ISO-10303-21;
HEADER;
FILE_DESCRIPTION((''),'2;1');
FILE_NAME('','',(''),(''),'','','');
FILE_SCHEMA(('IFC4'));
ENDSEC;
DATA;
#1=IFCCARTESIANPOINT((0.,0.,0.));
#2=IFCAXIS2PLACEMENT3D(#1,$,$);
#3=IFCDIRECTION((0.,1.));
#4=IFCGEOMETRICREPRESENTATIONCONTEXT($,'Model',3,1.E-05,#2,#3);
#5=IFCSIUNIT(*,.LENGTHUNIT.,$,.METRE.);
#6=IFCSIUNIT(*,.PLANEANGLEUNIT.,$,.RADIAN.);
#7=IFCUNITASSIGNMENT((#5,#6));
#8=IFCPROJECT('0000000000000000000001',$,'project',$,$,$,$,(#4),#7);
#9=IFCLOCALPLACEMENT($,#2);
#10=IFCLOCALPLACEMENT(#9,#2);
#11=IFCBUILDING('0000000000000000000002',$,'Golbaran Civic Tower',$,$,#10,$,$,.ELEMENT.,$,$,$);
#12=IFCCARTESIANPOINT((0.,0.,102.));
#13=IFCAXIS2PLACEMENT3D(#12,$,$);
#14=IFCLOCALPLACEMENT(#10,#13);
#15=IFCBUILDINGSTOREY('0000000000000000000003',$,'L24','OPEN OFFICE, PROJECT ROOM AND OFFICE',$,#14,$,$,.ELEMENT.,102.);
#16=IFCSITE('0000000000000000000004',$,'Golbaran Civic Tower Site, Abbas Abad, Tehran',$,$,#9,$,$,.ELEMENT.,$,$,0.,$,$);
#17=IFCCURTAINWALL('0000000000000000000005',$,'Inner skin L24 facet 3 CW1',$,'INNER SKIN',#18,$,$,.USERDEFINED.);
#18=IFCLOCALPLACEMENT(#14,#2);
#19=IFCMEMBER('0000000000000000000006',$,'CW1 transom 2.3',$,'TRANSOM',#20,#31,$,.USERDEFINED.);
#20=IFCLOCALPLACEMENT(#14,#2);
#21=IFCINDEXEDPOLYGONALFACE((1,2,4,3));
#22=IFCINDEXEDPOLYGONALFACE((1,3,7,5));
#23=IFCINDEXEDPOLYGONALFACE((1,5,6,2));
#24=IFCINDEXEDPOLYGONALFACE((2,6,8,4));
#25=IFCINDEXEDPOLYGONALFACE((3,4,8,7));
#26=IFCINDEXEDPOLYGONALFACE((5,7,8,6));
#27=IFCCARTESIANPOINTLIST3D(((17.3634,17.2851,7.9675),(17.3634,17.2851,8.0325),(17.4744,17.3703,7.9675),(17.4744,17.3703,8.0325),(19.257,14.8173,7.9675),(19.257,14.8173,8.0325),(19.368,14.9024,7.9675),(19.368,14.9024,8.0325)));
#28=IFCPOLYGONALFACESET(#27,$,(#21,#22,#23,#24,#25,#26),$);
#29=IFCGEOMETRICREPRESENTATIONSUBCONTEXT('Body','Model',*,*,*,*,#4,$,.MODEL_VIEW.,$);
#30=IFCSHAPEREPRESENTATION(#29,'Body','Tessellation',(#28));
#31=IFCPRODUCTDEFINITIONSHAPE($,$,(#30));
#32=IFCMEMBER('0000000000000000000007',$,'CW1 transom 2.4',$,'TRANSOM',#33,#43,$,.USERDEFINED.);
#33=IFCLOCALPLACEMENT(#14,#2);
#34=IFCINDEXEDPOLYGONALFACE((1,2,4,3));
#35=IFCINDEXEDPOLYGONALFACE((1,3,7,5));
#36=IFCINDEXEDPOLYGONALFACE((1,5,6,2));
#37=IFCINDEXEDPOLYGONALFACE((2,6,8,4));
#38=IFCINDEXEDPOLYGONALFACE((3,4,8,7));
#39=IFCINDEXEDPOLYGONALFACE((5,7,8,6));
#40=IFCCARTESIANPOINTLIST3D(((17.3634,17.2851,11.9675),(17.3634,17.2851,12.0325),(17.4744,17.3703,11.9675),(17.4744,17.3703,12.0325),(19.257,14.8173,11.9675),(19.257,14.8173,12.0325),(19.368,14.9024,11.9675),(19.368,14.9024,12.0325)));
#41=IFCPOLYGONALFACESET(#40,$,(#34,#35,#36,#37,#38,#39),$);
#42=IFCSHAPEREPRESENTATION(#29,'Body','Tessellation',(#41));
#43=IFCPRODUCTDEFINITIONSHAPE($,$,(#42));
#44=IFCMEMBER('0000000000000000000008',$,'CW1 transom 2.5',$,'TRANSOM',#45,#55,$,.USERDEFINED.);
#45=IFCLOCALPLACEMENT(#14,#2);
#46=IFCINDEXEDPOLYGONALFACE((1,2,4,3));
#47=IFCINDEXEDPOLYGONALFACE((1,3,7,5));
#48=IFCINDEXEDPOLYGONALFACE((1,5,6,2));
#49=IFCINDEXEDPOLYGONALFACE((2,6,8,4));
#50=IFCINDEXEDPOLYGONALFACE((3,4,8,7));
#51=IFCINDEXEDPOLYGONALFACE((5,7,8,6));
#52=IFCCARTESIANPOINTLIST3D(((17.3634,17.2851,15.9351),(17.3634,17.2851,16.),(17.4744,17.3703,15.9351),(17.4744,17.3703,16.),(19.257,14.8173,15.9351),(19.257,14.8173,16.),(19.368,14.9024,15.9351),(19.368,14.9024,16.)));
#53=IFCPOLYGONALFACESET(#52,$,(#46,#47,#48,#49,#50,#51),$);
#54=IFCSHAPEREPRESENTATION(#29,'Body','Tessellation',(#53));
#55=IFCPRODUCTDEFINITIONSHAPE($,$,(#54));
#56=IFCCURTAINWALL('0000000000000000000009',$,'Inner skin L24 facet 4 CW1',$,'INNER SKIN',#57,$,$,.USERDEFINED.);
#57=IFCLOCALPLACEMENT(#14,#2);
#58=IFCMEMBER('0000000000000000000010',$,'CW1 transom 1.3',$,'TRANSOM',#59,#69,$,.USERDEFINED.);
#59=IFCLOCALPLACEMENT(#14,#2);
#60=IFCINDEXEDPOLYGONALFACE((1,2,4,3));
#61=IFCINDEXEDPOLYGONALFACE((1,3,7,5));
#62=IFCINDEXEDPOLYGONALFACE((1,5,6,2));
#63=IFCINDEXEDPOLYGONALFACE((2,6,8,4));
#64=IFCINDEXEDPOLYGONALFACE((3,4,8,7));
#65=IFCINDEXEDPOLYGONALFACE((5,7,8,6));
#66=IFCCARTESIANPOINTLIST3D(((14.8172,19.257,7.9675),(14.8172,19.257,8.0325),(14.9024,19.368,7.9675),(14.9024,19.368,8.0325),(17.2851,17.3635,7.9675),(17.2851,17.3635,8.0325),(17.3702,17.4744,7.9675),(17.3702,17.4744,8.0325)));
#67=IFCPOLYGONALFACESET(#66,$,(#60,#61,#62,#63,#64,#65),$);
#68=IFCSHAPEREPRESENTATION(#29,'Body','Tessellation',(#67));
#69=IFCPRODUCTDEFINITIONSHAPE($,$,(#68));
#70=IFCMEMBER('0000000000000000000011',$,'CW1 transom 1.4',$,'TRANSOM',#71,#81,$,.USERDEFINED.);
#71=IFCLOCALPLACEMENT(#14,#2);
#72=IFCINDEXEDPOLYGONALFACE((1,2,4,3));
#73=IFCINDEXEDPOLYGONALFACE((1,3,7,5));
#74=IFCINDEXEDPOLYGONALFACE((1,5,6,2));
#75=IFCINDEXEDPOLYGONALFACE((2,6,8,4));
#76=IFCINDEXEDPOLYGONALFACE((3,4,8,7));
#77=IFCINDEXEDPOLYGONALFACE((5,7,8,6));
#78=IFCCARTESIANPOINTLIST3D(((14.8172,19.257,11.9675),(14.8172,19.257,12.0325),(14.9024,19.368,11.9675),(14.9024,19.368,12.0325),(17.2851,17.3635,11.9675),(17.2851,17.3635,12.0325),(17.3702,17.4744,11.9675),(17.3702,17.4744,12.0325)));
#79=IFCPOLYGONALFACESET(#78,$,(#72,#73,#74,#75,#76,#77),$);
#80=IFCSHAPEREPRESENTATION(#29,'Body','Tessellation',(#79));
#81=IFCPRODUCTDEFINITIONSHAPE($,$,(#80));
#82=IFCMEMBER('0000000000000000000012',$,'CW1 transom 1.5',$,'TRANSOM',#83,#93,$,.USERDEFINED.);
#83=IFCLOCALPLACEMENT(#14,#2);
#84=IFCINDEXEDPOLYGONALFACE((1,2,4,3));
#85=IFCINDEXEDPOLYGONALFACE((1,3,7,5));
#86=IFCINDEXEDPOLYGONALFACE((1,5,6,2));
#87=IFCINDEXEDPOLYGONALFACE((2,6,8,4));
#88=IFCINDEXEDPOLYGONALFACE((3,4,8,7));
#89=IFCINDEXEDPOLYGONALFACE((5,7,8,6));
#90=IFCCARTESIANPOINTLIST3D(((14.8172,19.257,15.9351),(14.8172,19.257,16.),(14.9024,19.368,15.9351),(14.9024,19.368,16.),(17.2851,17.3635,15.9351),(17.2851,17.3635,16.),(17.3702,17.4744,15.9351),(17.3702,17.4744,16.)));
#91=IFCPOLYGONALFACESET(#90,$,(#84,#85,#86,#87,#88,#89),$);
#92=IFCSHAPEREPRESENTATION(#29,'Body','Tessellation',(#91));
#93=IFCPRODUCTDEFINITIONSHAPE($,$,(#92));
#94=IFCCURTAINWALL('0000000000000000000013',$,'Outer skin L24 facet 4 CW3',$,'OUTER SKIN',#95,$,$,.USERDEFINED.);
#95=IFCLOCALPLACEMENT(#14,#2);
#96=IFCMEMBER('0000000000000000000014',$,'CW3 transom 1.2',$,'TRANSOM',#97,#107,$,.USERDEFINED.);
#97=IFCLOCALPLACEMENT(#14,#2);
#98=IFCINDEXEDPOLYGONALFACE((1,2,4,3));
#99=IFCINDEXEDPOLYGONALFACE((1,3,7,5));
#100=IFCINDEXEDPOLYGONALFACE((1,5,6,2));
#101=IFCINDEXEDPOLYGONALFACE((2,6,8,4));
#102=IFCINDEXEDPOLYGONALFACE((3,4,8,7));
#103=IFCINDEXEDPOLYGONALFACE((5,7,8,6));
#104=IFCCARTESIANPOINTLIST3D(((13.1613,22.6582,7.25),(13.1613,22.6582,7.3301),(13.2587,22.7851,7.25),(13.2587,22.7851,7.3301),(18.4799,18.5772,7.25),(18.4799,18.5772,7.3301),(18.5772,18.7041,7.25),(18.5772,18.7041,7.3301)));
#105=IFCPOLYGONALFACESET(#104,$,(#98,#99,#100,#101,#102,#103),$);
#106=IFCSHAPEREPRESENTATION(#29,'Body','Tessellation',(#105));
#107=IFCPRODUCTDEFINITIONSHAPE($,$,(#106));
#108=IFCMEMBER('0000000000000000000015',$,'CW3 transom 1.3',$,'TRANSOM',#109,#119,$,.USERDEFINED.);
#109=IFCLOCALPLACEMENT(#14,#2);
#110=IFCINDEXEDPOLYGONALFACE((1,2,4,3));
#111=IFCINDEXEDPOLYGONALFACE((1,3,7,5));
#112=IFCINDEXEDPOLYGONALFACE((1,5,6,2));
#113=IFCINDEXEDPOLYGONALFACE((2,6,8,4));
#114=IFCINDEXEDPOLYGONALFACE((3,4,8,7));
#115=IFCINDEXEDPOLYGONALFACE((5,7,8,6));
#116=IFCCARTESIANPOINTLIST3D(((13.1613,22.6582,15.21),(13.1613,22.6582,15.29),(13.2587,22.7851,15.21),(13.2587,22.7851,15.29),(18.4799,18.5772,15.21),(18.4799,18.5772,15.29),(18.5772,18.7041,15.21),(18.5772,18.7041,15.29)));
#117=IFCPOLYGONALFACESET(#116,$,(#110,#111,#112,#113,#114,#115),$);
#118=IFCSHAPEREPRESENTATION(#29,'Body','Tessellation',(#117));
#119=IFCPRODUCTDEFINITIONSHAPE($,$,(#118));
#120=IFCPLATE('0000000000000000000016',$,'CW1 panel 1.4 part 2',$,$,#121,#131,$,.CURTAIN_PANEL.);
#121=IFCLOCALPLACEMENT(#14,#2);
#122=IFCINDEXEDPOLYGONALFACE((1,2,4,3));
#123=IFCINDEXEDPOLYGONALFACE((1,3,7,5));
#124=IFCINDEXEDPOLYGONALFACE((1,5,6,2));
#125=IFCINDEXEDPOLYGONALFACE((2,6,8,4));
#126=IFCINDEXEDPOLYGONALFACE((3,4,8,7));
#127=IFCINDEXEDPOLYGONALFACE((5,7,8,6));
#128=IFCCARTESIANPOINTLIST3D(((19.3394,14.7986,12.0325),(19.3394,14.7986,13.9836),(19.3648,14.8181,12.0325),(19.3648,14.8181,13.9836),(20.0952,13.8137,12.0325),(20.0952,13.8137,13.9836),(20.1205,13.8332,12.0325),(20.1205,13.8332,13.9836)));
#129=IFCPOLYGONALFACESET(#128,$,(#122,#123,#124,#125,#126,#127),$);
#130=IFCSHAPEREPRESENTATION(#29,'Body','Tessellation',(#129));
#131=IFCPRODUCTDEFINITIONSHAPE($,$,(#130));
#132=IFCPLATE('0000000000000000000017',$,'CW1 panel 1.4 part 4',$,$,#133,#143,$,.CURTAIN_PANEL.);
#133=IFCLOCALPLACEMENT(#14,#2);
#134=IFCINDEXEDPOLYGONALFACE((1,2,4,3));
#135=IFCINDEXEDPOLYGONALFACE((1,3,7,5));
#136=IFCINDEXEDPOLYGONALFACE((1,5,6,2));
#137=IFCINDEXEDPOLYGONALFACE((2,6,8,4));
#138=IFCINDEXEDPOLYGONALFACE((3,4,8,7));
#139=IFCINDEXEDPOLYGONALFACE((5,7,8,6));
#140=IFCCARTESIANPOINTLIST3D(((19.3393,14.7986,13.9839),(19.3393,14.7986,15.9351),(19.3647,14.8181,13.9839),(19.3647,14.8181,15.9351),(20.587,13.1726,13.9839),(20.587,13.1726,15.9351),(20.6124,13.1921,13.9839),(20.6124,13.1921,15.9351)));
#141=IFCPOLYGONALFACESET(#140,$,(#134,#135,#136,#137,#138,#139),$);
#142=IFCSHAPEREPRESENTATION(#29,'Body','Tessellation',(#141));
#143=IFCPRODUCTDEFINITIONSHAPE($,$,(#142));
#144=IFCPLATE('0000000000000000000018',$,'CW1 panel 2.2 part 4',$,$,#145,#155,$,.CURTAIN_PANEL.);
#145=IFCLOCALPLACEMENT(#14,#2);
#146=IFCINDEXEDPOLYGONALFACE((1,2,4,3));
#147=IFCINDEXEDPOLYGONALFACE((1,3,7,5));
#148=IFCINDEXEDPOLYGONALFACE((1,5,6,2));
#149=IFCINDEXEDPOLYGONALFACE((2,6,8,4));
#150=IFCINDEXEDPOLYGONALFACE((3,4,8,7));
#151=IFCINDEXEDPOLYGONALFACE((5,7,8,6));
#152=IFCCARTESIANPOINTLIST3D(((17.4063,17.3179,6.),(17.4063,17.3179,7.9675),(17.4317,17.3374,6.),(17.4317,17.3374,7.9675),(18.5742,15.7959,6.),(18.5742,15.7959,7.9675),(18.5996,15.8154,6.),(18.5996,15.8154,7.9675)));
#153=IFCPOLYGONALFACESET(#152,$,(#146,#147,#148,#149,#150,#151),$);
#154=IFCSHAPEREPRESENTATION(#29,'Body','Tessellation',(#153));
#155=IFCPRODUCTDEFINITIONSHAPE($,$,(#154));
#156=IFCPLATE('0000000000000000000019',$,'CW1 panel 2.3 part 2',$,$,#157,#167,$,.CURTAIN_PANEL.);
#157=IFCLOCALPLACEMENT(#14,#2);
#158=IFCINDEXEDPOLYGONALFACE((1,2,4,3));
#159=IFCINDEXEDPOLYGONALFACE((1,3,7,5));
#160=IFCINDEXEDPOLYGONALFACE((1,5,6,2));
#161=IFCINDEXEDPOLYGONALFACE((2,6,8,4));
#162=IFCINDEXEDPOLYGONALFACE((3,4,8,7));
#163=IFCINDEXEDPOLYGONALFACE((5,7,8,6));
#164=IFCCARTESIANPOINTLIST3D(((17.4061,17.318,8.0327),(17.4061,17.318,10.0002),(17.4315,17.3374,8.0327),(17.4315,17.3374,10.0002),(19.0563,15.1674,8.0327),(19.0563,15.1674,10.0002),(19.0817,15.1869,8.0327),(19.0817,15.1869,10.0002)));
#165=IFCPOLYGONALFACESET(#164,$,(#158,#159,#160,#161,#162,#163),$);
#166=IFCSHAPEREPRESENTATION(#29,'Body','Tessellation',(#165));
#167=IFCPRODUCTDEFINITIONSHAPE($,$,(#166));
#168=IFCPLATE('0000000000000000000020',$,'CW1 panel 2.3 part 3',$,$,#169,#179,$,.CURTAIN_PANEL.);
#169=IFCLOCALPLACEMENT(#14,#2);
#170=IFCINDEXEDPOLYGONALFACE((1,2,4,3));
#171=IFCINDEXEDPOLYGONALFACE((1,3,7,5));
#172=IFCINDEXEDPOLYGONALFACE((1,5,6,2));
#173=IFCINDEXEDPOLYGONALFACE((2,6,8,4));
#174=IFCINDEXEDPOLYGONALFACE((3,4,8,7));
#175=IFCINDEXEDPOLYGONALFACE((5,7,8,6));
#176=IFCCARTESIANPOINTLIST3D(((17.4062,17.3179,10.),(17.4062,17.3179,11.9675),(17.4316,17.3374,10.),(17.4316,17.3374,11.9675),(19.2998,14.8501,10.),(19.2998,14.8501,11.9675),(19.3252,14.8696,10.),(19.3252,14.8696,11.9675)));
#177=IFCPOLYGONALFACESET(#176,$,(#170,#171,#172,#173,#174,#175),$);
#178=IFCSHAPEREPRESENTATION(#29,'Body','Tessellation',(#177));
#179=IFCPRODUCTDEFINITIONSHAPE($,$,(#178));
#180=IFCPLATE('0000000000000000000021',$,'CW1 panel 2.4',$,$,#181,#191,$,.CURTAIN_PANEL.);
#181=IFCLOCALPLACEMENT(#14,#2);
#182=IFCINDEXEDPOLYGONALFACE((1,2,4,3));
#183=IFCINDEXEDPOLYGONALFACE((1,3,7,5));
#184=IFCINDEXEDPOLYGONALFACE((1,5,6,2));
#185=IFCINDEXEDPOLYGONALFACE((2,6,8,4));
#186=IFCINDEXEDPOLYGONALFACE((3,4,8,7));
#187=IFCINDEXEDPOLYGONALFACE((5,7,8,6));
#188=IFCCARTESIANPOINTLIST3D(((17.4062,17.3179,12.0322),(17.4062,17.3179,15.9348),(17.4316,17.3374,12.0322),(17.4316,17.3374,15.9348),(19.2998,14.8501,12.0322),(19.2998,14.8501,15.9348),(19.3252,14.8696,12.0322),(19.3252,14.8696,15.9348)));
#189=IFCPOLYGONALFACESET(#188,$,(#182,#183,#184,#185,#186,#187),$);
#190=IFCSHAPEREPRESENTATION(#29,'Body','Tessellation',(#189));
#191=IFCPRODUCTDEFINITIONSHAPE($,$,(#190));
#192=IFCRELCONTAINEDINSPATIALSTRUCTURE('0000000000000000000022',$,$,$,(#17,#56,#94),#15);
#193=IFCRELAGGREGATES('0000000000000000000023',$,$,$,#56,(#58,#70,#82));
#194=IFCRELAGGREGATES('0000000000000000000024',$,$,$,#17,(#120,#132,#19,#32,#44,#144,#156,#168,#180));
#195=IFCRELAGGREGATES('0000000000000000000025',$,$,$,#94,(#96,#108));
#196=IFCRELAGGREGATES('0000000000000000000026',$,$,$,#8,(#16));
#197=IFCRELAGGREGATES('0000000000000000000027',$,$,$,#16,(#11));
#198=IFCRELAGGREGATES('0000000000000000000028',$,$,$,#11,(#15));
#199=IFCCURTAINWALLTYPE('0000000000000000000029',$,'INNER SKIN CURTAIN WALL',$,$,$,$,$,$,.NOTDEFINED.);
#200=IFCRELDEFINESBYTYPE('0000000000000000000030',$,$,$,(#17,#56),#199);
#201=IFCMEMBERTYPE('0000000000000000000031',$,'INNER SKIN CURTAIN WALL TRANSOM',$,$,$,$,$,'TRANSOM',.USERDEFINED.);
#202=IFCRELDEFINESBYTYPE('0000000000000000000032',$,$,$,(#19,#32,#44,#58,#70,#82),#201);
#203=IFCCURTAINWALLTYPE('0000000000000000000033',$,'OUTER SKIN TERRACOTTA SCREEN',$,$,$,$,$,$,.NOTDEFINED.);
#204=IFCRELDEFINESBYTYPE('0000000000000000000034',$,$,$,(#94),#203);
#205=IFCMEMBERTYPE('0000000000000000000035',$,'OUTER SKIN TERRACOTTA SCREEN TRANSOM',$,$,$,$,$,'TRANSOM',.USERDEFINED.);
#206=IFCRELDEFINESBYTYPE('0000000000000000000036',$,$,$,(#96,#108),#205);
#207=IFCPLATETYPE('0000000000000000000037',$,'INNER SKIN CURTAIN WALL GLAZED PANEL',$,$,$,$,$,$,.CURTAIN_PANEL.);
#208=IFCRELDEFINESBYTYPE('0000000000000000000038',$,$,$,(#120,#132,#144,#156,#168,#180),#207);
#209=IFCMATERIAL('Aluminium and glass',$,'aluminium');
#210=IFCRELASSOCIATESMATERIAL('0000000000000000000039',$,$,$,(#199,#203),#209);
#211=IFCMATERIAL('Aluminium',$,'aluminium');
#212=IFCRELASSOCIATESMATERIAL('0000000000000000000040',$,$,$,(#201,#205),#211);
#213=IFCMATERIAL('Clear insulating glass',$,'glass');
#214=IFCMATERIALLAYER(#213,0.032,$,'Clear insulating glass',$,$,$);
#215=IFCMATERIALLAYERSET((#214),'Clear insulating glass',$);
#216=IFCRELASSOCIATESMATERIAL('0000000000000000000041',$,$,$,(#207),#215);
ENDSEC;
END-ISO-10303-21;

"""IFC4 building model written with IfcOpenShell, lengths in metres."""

from ifc_helpers import new_model, si_unit, direction, frame, origin, origin_2d, place, context, subcontext, project, spatial, rectangle, extrude, material, layer, layer_set, material_profile, profile_set, type_object, element, aggregate, save


model = new_model("IFC4")

# Units and contexts
model_context = context("Model", 3, precision=1e-05, world=origin(), true_north=direction((0.0, 1.0)))
body_context = subcontext(model_context, "Body", "Model", "MODEL_VIEW")
ifc_project = project(units=[si_unit("LENGTHUNIT", "METRE"), si_unit("PLANEANGLEUNIT", "RADIAN")], contexts=[model_context])

# Site, building, storey
site_placement = place(None, origin())
site = spatial("IfcSite", under=ifc_project, at=site_placement, Name="Golbaran Civic Tower Site, Abbas Abad, Tehran", CompositionType="ELEMENT", RefElevation=0.0)
building_placement = place(site_placement, origin())
building = spatial("IfcBuilding", under=site, at=building_placement, Name="Golbaran Civic Tower", CompositionType="ELEMENT")
storey_placement = place(building_placement, frame((0.0, 0.0, 102.0)))
storey = spatial("IfcBuildingStorey", under=building, at=storey_placement, Name="L24", Description="OPEN OFFICE, PROJECT ROOM AND OFFICE", CompositionType="ELEMENT", Elevation=102.0)

# Curtain walls, members
ifc_material_1 = material(Name="Aluminium and glass", Category="aluminium")
curtain_wall_type_1 = type_object("IfcCurtainWallType", Name="INNER SKIN CURTAIN WALL", PredefinedType="NOTDEFINED", material=ifc_material_1)
curtain_wall_1_placement = place(storey_placement, origin())
curtain_wall_1 = element("IfcCurtainWall", 1, at=curtain_wall_1_placement, inside=storey, type_object=curtain_wall_type_1, Name="Inner skin L24 facet 3 CW1", ObjectType="INNER SKIN", PredefinedType="USERDEFINED")
ifc_material_2 = material(Name="Aluminium", Category="aluminium")
ifc_material_profile_1 = material_profile(ifc_material_2, rectangle(XDim=0.1399, YDim=0.0649, at=origin_2d()), Name="INNER SKIN CURTAIN WALL TRANSOM")
ifc_profile_set_1 = profile_set([ifc_material_profile_1], Name="Aluminium")
member_type_1 = type_object("IfcMemberType", Name="INNER SKIN CURTAIN WALL TRANSOM", ElementType="TRANSOM", PredefinedType="USERDEFINED", material=ifc_profile_set_1)
member_1_placement = place(storey_placement, frame((19.3125, 14.8599, 8.0), z_axis=(-0.608754, 0.793359, 0.0), x_axis=(-0.793359, -0.608754, 0.0)))
member_1 = element("IfcMember", 2, at=member_1_placement, type_object=member_type_1, Name="CW1 transom 2.3", ObjectType="TRANSOM", PredefinedType="USERDEFINED", context=body_context, shape_type="SweptSolid", body=[
    extrude(rectangle(XDim=0.1399, YDim=0.0649, at=origin_2d()), origin(), (0.0, 0.0, 1.0), 3.1106),
])
member_2_placement = place(storey_placement, frame((19.3125, 14.8599, 12.0), z_axis=(-0.608754, 0.793359, 0.0), x_axis=(-0.793359, -0.608754, 0.0)))
member_2 = element("IfcMember", 3, at=member_2_placement, type_object=member_type_1, Name="CW1 transom 2.4", ObjectType="TRANSOM", PredefinedType="USERDEFINED", context=body_context, shape_type="SweptSolid", body=[
    extrude(rectangle(XDim=0.1399, YDim=0.0649, at=origin_2d()), origin(), (0.0, 0.0, 1.0), 3.1106),
])
member_3_placement = place(storey_placement, frame((19.3125, 14.8599, 15.9675), z_axis=(-0.608754, 0.793359, 0.0), x_axis=(-0.793359, -0.608754, 0.0)))
member_3 = element("IfcMember", 4, at=member_3_placement, type_object=member_type_1, Name="CW1 transom 2.5", ObjectType="TRANSOM", PredefinedType="USERDEFINED", context=body_context, shape_type="SweptSolid", body=[
    extrude(rectangle(XDim=0.1399, YDim=0.0649, at=origin_2d()), origin(), (0.0, 0.0, 1.0), 3.1106),
])
curtain_wall_2_placement = place(storey_placement, origin())
curtain_wall_2 = element("IfcCurtainWall", 5, at=curtain_wall_2_placement, inside=storey, type_object=curtain_wall_type_1, Name="Inner skin L24 facet 4 CW1", ObjectType="INNER SKIN", PredefinedType="USERDEFINED")
member_4_placement = place(storey_placement, frame((17.3276, 17.4189, 8.0), z_axis=(-0.793359, 0.608754, 0.0), x_axis=(-0.608754, -0.793359, 0.0)))
member_4 = element("IfcMember", 6, at=member_4_placement, type_object=member_type_1, Name="CW1 transom 1.3", ObjectType="TRANSOM", PredefinedType="USERDEFINED", context=body_context, shape_type="SweptSolid", body=[
    extrude(rectangle(XDim=0.1399, YDim=0.0649, at=origin_2d()), origin(), (0.0, 0.0, 1.0), 3.1106),
])
member_5_placement = place(storey_placement, frame((17.3276, 17.4189, 12.0), z_axis=(-0.793359, 0.608754, 0.0), x_axis=(-0.608754, -0.793359, 0.0)))
member_5 = element("IfcMember", 7, at=member_5_placement, type_object=member_type_1, Name="CW1 transom 1.4", ObjectType="TRANSOM", PredefinedType="USERDEFINED", context=body_context, shape_type="SweptSolid", body=[
    extrude(rectangle(XDim=0.1399, YDim=0.0649, at=origin_2d()), origin(), (0.0, 0.0, 1.0), 3.1106),
])
member_6_placement = place(storey_placement, frame((17.3276, 17.4189, 15.9675), z_axis=(-0.793359, 0.608754, 0.0), x_axis=(-0.608754, -0.793359, 0.0)))
member_6 = element("IfcMember", 8, at=member_6_placement, type_object=member_type_1, Name="CW1 transom 1.5", ObjectType="TRANSOM", PredefinedType="USERDEFINED", context=body_context, shape_type="SweptSolid", body=[
    extrude(rectangle(XDim=0.1399, YDim=0.0649, at=origin_2d()), origin(), (0.0, 0.0, 1.0), 3.1106),
])
curtain_wall_type_2 = type_object("IfcCurtainWallType", Name="OUTER SKIN TERRACOTTA SCREEN", PredefinedType="NOTDEFINED", material=ifc_material_1)
curtain_wall_3_placement = place(storey_placement, origin())
curtain_wall_3 = element("IfcCurtainWall", 9, at=curtain_wall_3_placement, inside=storey, type_object=curtain_wall_type_2, Name="Outer skin L24 facet 4 CW3", ObjectType="OUTER SKIN", PredefinedType="USERDEFINED")
ifc_material_profile_2 = material_profile(ifc_material_2, rectangle(XDim=0.1599, YDim=0.0801, at=origin_2d()), Name="OUTER SKIN TERRACOTTA SCREEN TRANSOM")
ifc_profile_set_2 = profile_set([ifc_material_profile_2], Name="Aluminium")
member_type_2 = type_object("IfcMemberType", Name="OUTER SKIN TERRACOTTA SCREEN TRANSOM", ElementType="TRANSOM", PredefinedType="USERDEFINED", material=ifc_profile_set_2)
member_7_placement = place(storey_placement, frame((18.5286, 18.6406, 7.29), z_axis=(-0.793357, 0.608756, 0.0), x_axis=(-0.608756, -0.793357, 0.0)))
member_7 = element("IfcMember", 10, at=member_7_placement, type_object=member_type_2, Name="CW3 transom 1.2", ObjectType="TRANSOM", PredefinedType="USERDEFINED", context=body_context, shape_type="SweptSolid", body=[
    extrude(rectangle(XDim=0.1599, YDim=0.0801, at=origin_2d()), origin(), (0.0, 0.0, 1.0), 6.7039),
])
member_8_placement = place(storey_placement, frame((18.5286, 18.6406, 15.25), z_axis=(-0.793357, 0.608756, 0.0), x_axis=(-0.608756, -0.793357, 0.0)))
member_8 = element("IfcMember", 11, at=member_8_placement, type_object=member_type_2, Name="CW3 transom 1.3", ObjectType="TRANSOM", PredefinedType="USERDEFINED", context=body_context, shape_type="SweptSolid", body=[
    extrude(rectangle(XDim=0.1599, YDim=0.0801, at=origin_2d()), origin(), (0.0, 0.0, 1.0), 6.7039),
])

# Plates
ifc_material_3 = material(Name="Clear insulating glass", Category="glass")
ifc_layer_1 = layer(ifc_material_3, 0.032, Name="Clear insulating glass")
ifc_layer_set_1 = layer_set([ifc_layer_1], Name="Clear insulating glass")
plate_type_1 = type_object("IfcPlateType", Name="INNER SKIN CURTAIN WALL GLAZED PANEL", PredefinedType="CURTAIN_PANEL", material=ifc_layer_set_1)
plate_1_placement = place(storey_placement, frame((19.73, 14.3159, 12.0325), z_axis=(0.0, 0.0, 1.0), x_axis=(-0.608761, 0.793353, 0.0)))
plate_1 = element("IfcPlate", 12, at=plate_1_placement, type_object=plate_type_1, Name="CW1 panel 1.4 part 2", PredefinedType="CURTAIN_PANEL", context=body_context, shape_type="SweptSolid", body=[
    extrude(rectangle(XDim=1.2415, YDim=0.032, at=origin_2d()), origin(), (0.0, 0.0, 1.0), 1.9512),
])
plate_2_placement = place(storey_placement, frame((19.9758, 13.9954, 13.9839), z_axis=(0.0, 0.0, 1.0), x_axis=(-0.608761, 0.793353, 0.0)))
plate_2 = element("IfcPlate", 13, at=plate_2_placement, type_object=plate_type_1, Name="CW1 panel 1.4 part 4", PredefinedType="CURTAIN_PANEL", context=body_context, shape_type="SweptSolid", body=[
    extrude(rectangle(XDim=2.0496, YDim=0.032, at=origin_2d()), origin(), (0.0, 0.0, 1.0), 1.9512),
])
plate_3_placement = place(storey_placement, frame((18.0029, 16.5667, 6.0), z_axis=(0.0, 0.0, 1.0), x_axis=(-0.608761, 0.793353, 0.0)))
plate_3 = element("IfcPlate", 14, at=plate_3_placement, type_object=plate_type_1, Name="CW1 panel 2.2 part 4", PredefinedType="CURTAIN_PANEL", context=body_context, shape_type="SweptSolid", body=[
    extrude(rectangle(XDim=1.9185, YDim=0.032, at=origin_2d()), origin(), (0.0, 0.0, 1.0), 1.9675),
])
plate_4_placement = place(storey_placement, frame((18.2439, 16.2524, 8.0327), z_axis=(0.0, 0.0, 1.0), x_axis=(-0.608761, 0.793353, 0.0)))
plate_4 = element("IfcPlate", 15, at=plate_4_placement, type_object=plate_type_1, Name="CW1 panel 2.3 part 2", PredefinedType="CURTAIN_PANEL", context=body_context, shape_type="SweptSolid", body=[
    extrude(rectangle(XDim=2.7107, YDim=0.032, at=origin_2d()), origin(), (0.0, 0.0, 1.0), 1.9675),
])
plate_5_placement = place(storey_placement, frame((18.3657, 16.0938, 10.0), z_axis=(0.0, 0.0, 1.0), x_axis=(-0.608761, 0.793353, 0.0)))
plate_5 = element("IfcPlate", 16, at=plate_5_placement, type_object=plate_type_1, Name="CW1 panel 2.3 part 3", PredefinedType="CURTAIN_PANEL", context=body_context, shape_type="SweptSolid", body=[
    extrude(rectangle(XDim=3.1106, YDim=0.032, at=origin_2d()), origin(), (0.0, 0.0, 1.0), 1.9675),
])
plate_6_placement = place(storey_placement, frame((18.3657, 16.0938, 12.0322), z_axis=(0.0, 0.0, 1.0), x_axis=(-0.608761, 0.793353, 0.0)))
plate_6 = element("IfcPlate", 17, at=plate_6_placement, type_object=plate_type_1, Name="CW1 panel 2.4", PredefinedType="CURTAIN_PANEL", context=body_context, shape_type="SweptSolid", body=[
    extrude(rectangle(XDim=3.1106, YDim=0.032, at=origin_2d()), origin(), (0.0, 0.0, 1.0), 3.9026),
])
aggregate(curtain_wall_2, [member_4, member_5, member_6])
aggregate(curtain_wall_1, [plate_1, plate_2, member_1, member_2, member_3, plate_3, plate_4, plate_5, plate_6])
aggregate(curtain_wall_3, [member_7, member_8])

save(model, "model.ifc")
